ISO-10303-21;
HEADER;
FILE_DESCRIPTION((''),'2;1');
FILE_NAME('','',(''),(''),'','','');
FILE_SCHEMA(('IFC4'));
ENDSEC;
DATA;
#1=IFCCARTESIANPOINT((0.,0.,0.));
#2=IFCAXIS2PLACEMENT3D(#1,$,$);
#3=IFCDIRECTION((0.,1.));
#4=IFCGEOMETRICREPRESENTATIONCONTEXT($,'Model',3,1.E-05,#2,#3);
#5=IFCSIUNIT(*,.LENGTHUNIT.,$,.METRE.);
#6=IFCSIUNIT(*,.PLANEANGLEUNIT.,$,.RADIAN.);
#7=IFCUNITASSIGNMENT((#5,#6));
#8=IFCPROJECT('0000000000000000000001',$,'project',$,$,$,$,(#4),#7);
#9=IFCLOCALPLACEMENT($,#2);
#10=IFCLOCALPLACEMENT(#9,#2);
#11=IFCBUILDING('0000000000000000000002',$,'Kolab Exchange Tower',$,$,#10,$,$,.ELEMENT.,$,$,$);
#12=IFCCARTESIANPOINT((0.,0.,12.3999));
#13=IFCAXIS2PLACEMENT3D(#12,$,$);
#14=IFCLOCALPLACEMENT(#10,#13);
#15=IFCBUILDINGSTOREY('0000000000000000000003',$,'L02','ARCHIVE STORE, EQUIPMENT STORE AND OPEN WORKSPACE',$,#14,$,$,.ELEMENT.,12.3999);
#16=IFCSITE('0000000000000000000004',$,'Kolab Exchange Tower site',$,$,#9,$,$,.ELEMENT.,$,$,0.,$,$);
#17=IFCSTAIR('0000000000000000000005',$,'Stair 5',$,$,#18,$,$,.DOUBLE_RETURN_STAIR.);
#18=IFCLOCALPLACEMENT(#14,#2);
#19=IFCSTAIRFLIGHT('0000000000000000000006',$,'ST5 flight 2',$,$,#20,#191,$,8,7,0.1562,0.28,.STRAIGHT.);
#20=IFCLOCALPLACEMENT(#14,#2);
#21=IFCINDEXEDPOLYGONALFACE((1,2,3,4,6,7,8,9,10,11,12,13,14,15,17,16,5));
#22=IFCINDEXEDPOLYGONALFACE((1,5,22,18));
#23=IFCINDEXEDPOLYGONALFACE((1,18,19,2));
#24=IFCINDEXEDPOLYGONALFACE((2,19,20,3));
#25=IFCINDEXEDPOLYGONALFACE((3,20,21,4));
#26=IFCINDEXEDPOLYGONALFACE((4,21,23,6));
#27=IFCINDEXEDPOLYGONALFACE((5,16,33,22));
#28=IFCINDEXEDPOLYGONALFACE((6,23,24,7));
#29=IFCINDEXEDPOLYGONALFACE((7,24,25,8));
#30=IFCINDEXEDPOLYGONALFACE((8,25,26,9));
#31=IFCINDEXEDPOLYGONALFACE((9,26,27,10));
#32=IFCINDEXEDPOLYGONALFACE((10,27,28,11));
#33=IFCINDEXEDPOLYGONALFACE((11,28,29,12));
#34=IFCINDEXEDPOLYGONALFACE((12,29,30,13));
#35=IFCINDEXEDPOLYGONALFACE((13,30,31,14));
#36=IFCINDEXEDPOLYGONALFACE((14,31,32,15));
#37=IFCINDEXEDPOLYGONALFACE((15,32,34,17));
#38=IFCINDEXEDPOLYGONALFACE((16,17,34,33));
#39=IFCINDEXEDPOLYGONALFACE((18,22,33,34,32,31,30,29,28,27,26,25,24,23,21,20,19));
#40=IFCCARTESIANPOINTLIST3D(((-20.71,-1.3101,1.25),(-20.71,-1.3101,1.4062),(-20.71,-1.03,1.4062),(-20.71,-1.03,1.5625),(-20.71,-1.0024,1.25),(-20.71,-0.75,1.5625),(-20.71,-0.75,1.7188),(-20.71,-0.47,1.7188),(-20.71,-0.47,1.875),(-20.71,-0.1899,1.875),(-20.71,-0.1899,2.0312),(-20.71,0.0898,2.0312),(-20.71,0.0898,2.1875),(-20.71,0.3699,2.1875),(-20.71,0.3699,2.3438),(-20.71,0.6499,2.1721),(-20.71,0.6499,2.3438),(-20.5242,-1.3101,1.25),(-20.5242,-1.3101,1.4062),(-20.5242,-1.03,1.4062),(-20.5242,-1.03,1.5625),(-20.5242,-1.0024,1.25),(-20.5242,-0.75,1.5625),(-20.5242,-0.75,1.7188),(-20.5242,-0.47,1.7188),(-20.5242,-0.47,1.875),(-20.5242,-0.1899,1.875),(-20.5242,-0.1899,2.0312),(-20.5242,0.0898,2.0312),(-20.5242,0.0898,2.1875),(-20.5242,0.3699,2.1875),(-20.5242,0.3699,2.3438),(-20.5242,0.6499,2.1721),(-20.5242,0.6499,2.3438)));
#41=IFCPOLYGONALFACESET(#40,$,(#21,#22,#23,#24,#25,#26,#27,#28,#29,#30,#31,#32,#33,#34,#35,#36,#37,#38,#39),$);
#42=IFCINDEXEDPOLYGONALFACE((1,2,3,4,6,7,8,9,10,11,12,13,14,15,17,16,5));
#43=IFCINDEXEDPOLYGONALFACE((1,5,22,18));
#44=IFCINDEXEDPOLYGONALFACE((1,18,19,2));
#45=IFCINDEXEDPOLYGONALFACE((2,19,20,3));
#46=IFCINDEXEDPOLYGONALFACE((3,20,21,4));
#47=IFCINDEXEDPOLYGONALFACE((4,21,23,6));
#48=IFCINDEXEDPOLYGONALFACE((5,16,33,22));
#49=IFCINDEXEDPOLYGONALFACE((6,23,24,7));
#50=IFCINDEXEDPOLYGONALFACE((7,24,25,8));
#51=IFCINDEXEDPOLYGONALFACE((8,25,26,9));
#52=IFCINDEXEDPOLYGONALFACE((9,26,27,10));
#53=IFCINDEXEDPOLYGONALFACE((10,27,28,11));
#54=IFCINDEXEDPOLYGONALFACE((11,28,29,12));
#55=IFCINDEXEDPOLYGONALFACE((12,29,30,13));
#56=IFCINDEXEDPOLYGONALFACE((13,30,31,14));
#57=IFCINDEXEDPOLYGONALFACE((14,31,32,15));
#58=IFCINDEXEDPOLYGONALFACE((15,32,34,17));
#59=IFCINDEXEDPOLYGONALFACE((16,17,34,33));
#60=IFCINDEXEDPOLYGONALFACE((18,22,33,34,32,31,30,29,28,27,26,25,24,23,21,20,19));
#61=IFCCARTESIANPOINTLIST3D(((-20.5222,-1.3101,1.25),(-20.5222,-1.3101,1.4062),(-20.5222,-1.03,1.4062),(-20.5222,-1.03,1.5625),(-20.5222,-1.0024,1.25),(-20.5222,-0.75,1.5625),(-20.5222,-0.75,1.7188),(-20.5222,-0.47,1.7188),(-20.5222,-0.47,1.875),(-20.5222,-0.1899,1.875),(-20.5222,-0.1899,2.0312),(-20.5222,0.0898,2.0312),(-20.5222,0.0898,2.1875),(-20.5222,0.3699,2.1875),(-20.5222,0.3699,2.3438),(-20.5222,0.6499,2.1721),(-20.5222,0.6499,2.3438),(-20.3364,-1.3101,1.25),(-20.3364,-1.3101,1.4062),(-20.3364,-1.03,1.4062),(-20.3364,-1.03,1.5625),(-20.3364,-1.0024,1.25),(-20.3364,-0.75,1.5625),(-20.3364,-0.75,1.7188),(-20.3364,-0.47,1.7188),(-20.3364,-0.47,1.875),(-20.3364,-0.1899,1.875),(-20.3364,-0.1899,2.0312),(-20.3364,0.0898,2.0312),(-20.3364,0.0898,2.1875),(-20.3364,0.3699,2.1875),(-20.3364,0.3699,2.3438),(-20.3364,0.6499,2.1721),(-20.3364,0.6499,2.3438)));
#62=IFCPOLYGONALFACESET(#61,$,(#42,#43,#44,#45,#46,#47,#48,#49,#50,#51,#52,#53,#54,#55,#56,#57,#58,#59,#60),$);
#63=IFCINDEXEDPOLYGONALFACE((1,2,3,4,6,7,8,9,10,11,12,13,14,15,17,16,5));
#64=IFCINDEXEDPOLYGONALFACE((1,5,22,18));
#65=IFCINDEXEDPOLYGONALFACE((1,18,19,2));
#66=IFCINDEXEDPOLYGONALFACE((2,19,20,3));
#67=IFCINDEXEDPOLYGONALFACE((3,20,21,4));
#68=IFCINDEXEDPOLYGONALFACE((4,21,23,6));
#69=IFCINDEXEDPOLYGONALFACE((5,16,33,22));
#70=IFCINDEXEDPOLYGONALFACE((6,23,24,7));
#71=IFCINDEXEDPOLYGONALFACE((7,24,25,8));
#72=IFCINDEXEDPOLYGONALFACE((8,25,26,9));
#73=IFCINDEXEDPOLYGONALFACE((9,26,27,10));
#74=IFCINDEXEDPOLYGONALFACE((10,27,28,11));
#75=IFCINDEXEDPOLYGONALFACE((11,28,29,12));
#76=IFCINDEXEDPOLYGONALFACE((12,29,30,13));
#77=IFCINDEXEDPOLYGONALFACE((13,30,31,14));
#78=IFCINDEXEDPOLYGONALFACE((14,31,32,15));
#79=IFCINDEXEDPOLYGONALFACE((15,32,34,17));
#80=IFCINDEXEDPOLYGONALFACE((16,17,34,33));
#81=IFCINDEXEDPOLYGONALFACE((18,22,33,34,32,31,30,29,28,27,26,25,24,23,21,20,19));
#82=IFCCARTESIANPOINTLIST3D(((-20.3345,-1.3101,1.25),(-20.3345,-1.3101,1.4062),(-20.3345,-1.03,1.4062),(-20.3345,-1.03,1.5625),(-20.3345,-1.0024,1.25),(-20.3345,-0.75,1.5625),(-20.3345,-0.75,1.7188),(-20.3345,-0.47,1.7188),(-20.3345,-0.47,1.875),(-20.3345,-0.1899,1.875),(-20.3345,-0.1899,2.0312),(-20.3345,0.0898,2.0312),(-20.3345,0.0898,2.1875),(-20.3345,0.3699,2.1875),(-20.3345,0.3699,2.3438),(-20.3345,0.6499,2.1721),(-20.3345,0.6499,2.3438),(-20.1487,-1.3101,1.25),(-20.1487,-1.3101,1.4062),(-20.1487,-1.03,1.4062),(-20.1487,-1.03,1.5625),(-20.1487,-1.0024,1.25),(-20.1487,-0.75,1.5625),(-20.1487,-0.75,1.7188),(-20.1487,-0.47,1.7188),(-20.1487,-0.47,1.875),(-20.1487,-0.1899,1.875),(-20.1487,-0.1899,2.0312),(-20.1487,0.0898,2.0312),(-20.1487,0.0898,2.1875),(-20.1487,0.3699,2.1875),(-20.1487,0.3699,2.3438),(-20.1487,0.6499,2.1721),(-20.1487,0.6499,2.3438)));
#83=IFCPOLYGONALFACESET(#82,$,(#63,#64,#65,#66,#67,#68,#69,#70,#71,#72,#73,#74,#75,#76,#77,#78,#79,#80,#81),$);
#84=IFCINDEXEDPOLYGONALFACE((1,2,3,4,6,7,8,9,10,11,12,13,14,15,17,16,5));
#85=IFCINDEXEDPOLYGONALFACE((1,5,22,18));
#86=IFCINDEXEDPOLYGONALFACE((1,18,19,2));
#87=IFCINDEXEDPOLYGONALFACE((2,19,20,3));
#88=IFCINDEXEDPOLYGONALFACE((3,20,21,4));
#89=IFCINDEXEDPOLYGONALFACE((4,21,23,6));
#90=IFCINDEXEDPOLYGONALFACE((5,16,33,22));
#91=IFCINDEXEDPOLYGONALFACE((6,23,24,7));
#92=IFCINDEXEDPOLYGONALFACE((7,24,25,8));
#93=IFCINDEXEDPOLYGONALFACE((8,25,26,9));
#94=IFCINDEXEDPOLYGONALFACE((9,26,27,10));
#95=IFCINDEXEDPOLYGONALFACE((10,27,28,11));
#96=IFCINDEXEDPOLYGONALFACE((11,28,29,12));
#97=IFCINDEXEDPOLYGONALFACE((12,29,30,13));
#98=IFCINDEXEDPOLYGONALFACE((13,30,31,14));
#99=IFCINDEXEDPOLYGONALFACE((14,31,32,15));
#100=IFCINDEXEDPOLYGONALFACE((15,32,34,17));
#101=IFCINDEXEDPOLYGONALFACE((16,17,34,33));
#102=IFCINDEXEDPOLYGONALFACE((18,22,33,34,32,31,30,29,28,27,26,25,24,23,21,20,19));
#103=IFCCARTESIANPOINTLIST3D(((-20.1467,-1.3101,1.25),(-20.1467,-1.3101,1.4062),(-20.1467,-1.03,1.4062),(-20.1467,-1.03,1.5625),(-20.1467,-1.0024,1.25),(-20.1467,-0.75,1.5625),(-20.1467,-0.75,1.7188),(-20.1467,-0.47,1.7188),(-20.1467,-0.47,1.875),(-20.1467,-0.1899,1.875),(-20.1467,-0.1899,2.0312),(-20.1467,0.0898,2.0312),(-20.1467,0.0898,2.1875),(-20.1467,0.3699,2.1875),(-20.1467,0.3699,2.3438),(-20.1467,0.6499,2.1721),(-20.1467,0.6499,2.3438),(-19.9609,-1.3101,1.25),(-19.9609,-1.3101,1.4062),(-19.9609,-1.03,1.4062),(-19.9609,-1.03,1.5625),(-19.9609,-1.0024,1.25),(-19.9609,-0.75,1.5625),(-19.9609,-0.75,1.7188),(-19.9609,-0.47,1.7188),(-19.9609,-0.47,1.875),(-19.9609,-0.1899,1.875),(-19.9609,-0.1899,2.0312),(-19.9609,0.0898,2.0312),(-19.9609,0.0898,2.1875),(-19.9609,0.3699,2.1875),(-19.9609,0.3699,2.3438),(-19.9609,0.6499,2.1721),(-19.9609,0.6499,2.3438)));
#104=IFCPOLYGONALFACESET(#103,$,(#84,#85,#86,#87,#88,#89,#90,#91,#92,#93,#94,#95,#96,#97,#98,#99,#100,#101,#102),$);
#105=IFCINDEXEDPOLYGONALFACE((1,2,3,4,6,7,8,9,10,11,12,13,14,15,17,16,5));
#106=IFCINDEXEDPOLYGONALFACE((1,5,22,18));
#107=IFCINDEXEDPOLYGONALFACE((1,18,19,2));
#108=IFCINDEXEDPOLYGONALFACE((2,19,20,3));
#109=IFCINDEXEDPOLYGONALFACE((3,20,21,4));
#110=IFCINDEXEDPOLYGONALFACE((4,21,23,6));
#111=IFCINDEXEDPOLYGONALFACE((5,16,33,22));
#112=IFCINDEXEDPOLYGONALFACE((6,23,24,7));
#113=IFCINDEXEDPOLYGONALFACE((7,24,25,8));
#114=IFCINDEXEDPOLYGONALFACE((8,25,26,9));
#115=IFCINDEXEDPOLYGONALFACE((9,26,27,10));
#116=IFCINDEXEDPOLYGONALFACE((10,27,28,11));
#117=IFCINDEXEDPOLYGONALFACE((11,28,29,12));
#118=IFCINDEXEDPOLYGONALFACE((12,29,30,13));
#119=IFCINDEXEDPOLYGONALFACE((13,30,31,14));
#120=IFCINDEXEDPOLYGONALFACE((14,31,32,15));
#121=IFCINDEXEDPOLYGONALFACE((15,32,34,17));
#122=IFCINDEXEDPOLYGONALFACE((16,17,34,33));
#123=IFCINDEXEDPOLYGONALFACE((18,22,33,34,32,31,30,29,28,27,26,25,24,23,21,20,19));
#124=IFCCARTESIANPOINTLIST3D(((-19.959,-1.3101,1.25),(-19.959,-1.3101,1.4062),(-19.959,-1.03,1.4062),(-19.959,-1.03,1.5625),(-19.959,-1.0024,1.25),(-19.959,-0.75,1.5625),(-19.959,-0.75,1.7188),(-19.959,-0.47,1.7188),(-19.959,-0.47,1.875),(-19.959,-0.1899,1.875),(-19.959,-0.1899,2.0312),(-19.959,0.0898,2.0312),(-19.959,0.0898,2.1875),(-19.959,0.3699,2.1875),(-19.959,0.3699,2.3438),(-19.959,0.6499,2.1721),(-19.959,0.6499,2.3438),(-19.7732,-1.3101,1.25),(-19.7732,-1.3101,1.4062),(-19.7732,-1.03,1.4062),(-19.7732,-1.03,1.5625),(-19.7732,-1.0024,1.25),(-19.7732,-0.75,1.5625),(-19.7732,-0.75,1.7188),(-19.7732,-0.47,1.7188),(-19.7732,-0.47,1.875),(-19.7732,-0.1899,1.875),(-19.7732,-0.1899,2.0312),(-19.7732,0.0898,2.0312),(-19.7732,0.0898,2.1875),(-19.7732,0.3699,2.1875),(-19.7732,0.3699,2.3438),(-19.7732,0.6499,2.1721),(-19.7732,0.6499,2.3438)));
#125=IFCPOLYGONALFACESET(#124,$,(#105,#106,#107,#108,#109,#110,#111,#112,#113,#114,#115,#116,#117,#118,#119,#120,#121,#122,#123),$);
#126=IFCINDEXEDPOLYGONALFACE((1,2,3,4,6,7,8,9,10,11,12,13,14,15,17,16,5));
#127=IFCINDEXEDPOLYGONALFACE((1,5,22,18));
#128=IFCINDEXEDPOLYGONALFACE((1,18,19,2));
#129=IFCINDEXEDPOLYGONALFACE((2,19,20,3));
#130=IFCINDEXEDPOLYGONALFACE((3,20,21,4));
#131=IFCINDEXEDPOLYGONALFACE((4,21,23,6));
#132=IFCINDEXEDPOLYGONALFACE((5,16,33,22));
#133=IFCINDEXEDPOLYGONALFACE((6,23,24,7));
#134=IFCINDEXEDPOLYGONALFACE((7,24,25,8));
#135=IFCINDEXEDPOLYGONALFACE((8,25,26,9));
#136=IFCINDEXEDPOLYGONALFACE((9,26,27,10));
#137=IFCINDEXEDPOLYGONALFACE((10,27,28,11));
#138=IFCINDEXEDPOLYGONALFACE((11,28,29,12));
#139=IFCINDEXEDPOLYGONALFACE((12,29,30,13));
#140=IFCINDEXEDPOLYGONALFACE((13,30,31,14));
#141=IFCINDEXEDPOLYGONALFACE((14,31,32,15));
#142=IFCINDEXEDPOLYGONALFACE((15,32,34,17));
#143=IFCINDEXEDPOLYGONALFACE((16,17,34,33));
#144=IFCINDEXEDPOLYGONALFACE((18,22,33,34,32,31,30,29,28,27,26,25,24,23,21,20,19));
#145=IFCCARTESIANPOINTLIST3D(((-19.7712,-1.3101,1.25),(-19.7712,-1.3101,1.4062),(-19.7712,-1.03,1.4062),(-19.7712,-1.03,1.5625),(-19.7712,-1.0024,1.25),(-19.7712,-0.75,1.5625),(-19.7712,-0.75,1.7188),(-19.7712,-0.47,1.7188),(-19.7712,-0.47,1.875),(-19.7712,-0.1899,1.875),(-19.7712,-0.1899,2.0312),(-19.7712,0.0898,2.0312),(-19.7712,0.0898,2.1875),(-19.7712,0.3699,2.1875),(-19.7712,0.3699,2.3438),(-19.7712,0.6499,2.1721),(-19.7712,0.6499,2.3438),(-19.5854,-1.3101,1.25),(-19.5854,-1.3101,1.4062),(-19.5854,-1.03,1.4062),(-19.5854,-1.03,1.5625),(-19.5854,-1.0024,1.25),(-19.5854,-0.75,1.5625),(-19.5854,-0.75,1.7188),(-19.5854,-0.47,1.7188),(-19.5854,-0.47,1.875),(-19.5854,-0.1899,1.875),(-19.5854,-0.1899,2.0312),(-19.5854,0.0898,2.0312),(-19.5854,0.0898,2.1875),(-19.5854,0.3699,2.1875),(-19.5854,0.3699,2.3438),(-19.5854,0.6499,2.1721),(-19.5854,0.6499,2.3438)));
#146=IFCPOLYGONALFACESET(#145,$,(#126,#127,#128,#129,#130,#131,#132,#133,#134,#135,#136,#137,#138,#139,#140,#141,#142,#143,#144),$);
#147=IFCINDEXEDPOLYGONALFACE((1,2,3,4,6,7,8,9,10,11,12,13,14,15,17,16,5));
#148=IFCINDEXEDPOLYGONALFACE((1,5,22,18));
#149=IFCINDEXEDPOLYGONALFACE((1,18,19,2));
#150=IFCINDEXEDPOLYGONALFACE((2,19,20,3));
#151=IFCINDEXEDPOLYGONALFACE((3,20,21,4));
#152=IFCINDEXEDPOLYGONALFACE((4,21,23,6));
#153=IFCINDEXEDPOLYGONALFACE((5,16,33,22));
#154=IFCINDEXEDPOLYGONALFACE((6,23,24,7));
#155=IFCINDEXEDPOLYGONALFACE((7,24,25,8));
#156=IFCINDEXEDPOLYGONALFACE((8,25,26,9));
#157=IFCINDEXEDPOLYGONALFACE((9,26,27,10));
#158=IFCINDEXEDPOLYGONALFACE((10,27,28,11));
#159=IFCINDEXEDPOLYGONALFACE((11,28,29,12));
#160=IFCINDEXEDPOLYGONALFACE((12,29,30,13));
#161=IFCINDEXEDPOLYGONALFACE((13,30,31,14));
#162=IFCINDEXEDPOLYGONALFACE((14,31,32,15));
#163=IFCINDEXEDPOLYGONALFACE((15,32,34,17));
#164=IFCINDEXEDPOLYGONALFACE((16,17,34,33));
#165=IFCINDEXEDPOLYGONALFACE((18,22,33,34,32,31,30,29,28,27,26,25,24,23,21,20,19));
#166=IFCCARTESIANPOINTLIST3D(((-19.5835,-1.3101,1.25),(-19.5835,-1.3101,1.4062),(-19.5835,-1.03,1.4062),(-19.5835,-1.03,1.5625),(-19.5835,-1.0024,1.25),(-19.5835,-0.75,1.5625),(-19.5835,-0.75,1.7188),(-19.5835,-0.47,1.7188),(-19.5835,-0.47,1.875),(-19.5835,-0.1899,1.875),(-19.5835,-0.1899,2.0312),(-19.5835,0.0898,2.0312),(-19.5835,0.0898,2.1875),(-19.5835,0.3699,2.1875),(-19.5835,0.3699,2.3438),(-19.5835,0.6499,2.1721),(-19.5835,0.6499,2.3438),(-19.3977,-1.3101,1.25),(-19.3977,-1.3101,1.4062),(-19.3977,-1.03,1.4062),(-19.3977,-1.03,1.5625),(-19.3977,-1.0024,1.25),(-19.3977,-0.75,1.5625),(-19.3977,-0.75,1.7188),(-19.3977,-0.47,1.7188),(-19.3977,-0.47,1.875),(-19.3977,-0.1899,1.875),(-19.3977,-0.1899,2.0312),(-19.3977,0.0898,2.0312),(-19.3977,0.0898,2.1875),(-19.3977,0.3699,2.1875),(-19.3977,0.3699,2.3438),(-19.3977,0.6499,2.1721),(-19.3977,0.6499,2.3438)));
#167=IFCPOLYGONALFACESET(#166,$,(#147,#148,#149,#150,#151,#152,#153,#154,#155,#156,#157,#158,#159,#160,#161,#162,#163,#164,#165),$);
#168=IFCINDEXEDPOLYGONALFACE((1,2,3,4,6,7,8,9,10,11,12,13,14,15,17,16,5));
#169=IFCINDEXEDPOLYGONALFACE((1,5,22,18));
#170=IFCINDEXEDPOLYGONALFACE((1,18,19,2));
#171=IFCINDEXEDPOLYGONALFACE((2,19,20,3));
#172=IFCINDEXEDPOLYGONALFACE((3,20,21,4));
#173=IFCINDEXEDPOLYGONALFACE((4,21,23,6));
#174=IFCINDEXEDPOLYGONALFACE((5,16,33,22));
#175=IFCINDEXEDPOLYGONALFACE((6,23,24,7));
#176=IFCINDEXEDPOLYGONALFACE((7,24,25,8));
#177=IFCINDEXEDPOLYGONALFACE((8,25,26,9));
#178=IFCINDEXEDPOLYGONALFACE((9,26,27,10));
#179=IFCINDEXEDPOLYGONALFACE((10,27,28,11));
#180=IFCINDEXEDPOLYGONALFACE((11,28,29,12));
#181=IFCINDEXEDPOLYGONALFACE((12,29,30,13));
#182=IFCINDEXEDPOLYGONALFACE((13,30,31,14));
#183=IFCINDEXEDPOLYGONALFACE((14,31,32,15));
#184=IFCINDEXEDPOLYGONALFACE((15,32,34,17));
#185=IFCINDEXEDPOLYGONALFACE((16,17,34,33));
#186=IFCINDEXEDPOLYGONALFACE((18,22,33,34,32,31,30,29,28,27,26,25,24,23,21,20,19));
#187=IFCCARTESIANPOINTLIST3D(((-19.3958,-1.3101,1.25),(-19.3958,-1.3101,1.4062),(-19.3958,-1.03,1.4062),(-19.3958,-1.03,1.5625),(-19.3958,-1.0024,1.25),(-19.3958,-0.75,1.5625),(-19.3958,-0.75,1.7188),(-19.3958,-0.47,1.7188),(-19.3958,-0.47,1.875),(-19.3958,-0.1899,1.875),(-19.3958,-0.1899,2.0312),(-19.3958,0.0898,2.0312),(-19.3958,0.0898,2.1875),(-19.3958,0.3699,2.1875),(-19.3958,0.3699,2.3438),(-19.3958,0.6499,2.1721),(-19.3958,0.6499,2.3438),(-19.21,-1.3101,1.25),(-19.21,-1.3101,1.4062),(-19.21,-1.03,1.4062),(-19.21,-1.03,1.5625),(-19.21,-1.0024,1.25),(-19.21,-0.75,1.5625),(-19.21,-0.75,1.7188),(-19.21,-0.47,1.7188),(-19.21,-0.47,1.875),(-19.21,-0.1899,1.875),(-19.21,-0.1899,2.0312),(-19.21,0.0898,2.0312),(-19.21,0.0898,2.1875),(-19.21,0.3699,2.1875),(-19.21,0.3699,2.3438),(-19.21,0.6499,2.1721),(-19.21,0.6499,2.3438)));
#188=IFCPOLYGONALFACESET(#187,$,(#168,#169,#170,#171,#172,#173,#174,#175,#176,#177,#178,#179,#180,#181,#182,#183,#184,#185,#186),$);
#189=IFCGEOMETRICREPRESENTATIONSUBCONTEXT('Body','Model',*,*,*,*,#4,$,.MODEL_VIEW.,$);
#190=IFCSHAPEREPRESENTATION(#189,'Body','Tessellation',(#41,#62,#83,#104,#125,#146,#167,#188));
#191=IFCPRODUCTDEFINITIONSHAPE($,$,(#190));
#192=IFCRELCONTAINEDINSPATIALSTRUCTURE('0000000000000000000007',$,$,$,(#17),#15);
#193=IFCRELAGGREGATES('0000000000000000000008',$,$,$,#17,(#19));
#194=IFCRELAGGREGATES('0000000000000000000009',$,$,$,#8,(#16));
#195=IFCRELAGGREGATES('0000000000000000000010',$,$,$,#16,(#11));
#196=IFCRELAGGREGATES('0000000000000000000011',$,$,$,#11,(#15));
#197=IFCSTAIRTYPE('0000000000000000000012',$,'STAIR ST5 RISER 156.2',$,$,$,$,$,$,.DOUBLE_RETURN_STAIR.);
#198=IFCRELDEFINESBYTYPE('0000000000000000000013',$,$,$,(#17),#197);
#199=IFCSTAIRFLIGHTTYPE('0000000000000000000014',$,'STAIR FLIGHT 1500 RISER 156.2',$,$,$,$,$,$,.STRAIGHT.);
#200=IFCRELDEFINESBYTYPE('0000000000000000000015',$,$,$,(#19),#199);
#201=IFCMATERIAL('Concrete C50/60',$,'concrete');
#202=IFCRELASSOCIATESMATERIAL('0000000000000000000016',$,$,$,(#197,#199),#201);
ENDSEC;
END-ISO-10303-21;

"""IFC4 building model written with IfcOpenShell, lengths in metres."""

from ifc_helpers import new_model, si_unit, direction, frame, origin, place, context, subcontext, project, spatial, polyline, outline, extrude, material, type_object, element, aggregate, save


model = new_model("IFC4")

# Units and contexts
model_context = context("Model", 3, precision=1e-05, world=origin(), true_north=direction((0.0, 1.0)))
body_context = subcontext(model_context, "Body", "Model", "MODEL_VIEW")
ifc_project = project(units=[si_unit("LENGTHUNIT", "METRE"), si_unit("PLANEANGLEUNIT", "RADIAN")], contexts=[model_context])

# Site, building, storey
site_placement = place(None, origin())
site = spatial("IfcSite", under=ifc_project, at=site_placement, Name="Kolab Exchange Tower site", CompositionType="ELEMENT", RefElevation=0.0)
building_placement = place(site_placement, origin())
building = spatial("IfcBuilding", under=site, at=building_placement, Name="Kolab Exchange Tower", CompositionType="ELEMENT")
storey_placement = place(building_placement, frame((0.0, 0.0, 12.3999)))
storey = spatial("IfcBuildingStorey", under=building, at=storey_placement, Name="L02", Description="ARCHIVE STORE, EQUIPMENT STORE AND OPEN WORKSPACE", CompositionType="ELEMENT", Elevation=12.3999)

# Shared definitions
ifc_material_1 = material(Name="Concrete C50/60", Category="concrete")

# Stair, stair flight
stair_type = type_object("IfcStairType", Name="STAIR ST5 RISER 156.2", PredefinedType="DOUBLE_RETURN_STAIR", material=ifc_material_1)
stair_placement = place(storey_placement, origin())
stair = element("IfcStair", 1, at=stair_placement, inside=storey, type_object=stair_type, Name="Stair 5", PredefinedType="DOUBLE_RETURN_STAIR")
stair_flight_type = type_object("IfcStairFlightType", Name="STAIR FLIGHT 1500 RISER 156.2", PredefinedType="STRAIGHT", material=ifc_material_1)
stair_flight_placement = place(storey_placement, frame((-19.96, -1.3101, 1.25), z_axis=(0.0, 0.0, 1.0), x_axis=(0.0, 1.0, 0.0)))
stair_flight = element("IfcStairFlight", 2, at=stair_flight_placement, type_object=stair_flight_type, Name="ST5 flight 2", NumberOfRisers=8, NumberOfTreads=7, PredefinedType="STRAIGHT", RiserHeight=0.1562, TreadLength=0.28, context=body_context, shape_type="SweptSolid", body=[
    extrude(outline(polyline([(0.0, 0.0), (0.0, 0.1562), (0.28, 0.1562), (0.28, 0.3125), (0.5601, 0.3125), (0.5601, 0.4688), (0.8401, 0.4688), (0.8401, 0.625), (1.1201, 0.625), (1.1201, 0.7812), (1.3999, 0.7812), (1.3999, 0.9375), (1.6799, 0.9375), (1.6799, 1.0938), (1.96, 1.0938), (1.96, 1.25), (1.96, 0.9221), (0.3076, 0.0), (0.0, 0.0)])), frame((0.0, 0.75, 0.0), z_axis=(0.0, -1.0, 0.0), x_axis=(1.0, 0.0, 0.0)), (0.0, 0.0, 1.0), 0.1858),
    extrude(outline(polyline([(0.0, 0.0), (0.0, 0.1562), (0.28, 0.1562), (0.28, 0.3125), (0.5601, 0.3125), (0.5601, 0.4688), (0.8401, 0.4688), (0.8401, 0.625), (1.1201, 0.625), (1.1201, 0.7812), (1.3999, 0.7812), (1.3999, 0.9375), (1.6799, 0.9375), (1.6799, 1.0938), (1.96, 1.0938), (1.96, 1.25), (1.96, 0.9221), (0.3076, 0.0), (0.0, 0.0)])), frame((0.0, 0.5623, 0.0), z_axis=(0.0, -1.0, 0.0), x_axis=(1.0, 0.0, 0.0)), (0.0, 0.0, 1.0), 0.1858),
    extrude(outline(polyline([(0.0, 0.0), (0.0, 0.1562), (0.28, 0.1562), (0.28, 0.3125), (0.5601, 0.3125), (0.5601, 0.4688), (0.8401, 0.4688), (0.8401, 0.625), (1.1201, 0.625), (1.1201, 0.7812), (1.3999, 0.7812), (1.3999, 0.9375), (1.6799, 0.9375), (1.6799, 1.0938), (1.96, 1.0938), (1.96, 1.25), (1.96, 0.9221), (0.3076, 0.0), (0.0, 0.0)])), frame((0.0, 0.3745, 0.0), z_axis=(0.0, -1.0, 0.0), x_axis=(1.0, 0.0, 0.0)), (0.0, 0.0, 1.0), 0.1858),
    extrude(outline(polyline([(0.0, 0.0), (0.0, 0.1562), (0.28, 0.1562), (0.28, 0.3125), (0.5601, 0.3125), (0.5601, 0.4688), (0.8401, 0.4688), (0.8401, 0.625), (1.1201, 0.625), (1.1201, 0.7812), (1.3999, 0.7812), (1.3999, 0.9375), (1.6799, 0.9375), (1.6799, 1.0938), (1.96, 1.0938), (1.96, 1.25), (1.96, 0.9221), (0.3076, 0.0), (0.0, 0.0)])), frame((0.0, 0.1868, 0.0), z_axis=(0.0, -1.0, 0.0), x_axis=(1.0, 0.0, 0.0)), (0.0, 0.0, 1.0), 0.1858),
    extrude(outline(polyline([(0.0, 0.0), (0.0, 0.1562), (0.28, 0.1562), (0.28, 0.3125), (0.5601, 0.3125), (0.5601, 0.4688), (0.8401, 0.4688), (0.8401, 0.625), (1.1201, 0.625), (1.1201, 0.7812), (1.3999, 0.7812), (1.3999, 0.9375), (1.6799, 0.9375), (1.6799, 1.0938), (1.96, 1.0938), (1.96, 1.25), (1.96, 0.9221), (0.3076, 0.0), (0.0, 0.0)])), frame((0.0, -0.001, 0.0), z_axis=(0.0, -1.0, 0.0), x_axis=(1.0, 0.0, 0.0)), (0.0, 0.0, 1.0), 0.1858),
    extrude(outline(polyline([(0.0, 0.0), (0.0, 0.1562), (0.28, 0.1562), (0.28, 0.3125), (0.5601, 0.3125), (0.5601, 0.4688), (0.8401, 0.4688), (0.8401, 0.625), (1.1201, 0.625), (1.1201, 0.7812), (1.3999, 0.7812), (1.3999, 0.9375), (1.6799, 0.9375), (1.6799, 1.0938), (1.96, 1.0938), (1.96, 1.25), (1.96, 0.9221), (0.3076, 0.0), (0.0, 0.0)])), frame((0.0, -0.1887, 0.0), z_axis=(0.0, -1.0, 0.0), x_axis=(1.0, 0.0, 0.0)), (0.0, 0.0, 1.0), 0.1858),
    extrude(outline(polyline([(0.0, 0.0), (0.0, 0.1562), (0.28, 0.1562), (0.28, 0.3125), (0.5601, 0.3125), (0.5601, 0.4688), (0.8401, 0.4688), (0.8401, 0.625), (1.1201, 0.625), (1.1201, 0.7812), (1.3999, 0.7812), (1.3999, 0.9375), (1.6799, 0.9375), (1.6799, 1.0938), (1.96, 1.0938), (1.96, 1.25), (1.96, 0.9221), (0.3076, 0.0), (0.0, 0.0)])), frame((0.0, -0.3765, 0.0), z_axis=(0.0, -1.0, 0.0), x_axis=(1.0, 0.0, 0.0)), (0.0, 0.0, 1.0), 0.1858),
    extrude(outline(polyline([(0.0, 0.0), (0.0, 0.1562), (0.28, 0.1562), (0.28, 0.3125), (0.5601, 0.3125), (0.5601, 0.4688), (0.8401, 0.4688), (0.8401, 0.625), (1.1201, 0.625), (1.1201, 0.7812), (1.3999, 0.7812), (1.3999, 0.9375), (1.6799, 0.9375), (1.6799, 1.0938), (1.96, 1.0938), (1.96, 1.25), (1.96, 0.9221), (0.3076, 0.0), (0.0, 0.0)])), frame((0.0, -0.5642, 0.0), z_axis=(0.0, -1.0, 0.0), x_axis=(1.0, 0.0, 0.0)), (0.0, 0.0, 1.0), 0.1858),
])
aggregate(stair, [stair_flight])

save(model, "model.ifc")
